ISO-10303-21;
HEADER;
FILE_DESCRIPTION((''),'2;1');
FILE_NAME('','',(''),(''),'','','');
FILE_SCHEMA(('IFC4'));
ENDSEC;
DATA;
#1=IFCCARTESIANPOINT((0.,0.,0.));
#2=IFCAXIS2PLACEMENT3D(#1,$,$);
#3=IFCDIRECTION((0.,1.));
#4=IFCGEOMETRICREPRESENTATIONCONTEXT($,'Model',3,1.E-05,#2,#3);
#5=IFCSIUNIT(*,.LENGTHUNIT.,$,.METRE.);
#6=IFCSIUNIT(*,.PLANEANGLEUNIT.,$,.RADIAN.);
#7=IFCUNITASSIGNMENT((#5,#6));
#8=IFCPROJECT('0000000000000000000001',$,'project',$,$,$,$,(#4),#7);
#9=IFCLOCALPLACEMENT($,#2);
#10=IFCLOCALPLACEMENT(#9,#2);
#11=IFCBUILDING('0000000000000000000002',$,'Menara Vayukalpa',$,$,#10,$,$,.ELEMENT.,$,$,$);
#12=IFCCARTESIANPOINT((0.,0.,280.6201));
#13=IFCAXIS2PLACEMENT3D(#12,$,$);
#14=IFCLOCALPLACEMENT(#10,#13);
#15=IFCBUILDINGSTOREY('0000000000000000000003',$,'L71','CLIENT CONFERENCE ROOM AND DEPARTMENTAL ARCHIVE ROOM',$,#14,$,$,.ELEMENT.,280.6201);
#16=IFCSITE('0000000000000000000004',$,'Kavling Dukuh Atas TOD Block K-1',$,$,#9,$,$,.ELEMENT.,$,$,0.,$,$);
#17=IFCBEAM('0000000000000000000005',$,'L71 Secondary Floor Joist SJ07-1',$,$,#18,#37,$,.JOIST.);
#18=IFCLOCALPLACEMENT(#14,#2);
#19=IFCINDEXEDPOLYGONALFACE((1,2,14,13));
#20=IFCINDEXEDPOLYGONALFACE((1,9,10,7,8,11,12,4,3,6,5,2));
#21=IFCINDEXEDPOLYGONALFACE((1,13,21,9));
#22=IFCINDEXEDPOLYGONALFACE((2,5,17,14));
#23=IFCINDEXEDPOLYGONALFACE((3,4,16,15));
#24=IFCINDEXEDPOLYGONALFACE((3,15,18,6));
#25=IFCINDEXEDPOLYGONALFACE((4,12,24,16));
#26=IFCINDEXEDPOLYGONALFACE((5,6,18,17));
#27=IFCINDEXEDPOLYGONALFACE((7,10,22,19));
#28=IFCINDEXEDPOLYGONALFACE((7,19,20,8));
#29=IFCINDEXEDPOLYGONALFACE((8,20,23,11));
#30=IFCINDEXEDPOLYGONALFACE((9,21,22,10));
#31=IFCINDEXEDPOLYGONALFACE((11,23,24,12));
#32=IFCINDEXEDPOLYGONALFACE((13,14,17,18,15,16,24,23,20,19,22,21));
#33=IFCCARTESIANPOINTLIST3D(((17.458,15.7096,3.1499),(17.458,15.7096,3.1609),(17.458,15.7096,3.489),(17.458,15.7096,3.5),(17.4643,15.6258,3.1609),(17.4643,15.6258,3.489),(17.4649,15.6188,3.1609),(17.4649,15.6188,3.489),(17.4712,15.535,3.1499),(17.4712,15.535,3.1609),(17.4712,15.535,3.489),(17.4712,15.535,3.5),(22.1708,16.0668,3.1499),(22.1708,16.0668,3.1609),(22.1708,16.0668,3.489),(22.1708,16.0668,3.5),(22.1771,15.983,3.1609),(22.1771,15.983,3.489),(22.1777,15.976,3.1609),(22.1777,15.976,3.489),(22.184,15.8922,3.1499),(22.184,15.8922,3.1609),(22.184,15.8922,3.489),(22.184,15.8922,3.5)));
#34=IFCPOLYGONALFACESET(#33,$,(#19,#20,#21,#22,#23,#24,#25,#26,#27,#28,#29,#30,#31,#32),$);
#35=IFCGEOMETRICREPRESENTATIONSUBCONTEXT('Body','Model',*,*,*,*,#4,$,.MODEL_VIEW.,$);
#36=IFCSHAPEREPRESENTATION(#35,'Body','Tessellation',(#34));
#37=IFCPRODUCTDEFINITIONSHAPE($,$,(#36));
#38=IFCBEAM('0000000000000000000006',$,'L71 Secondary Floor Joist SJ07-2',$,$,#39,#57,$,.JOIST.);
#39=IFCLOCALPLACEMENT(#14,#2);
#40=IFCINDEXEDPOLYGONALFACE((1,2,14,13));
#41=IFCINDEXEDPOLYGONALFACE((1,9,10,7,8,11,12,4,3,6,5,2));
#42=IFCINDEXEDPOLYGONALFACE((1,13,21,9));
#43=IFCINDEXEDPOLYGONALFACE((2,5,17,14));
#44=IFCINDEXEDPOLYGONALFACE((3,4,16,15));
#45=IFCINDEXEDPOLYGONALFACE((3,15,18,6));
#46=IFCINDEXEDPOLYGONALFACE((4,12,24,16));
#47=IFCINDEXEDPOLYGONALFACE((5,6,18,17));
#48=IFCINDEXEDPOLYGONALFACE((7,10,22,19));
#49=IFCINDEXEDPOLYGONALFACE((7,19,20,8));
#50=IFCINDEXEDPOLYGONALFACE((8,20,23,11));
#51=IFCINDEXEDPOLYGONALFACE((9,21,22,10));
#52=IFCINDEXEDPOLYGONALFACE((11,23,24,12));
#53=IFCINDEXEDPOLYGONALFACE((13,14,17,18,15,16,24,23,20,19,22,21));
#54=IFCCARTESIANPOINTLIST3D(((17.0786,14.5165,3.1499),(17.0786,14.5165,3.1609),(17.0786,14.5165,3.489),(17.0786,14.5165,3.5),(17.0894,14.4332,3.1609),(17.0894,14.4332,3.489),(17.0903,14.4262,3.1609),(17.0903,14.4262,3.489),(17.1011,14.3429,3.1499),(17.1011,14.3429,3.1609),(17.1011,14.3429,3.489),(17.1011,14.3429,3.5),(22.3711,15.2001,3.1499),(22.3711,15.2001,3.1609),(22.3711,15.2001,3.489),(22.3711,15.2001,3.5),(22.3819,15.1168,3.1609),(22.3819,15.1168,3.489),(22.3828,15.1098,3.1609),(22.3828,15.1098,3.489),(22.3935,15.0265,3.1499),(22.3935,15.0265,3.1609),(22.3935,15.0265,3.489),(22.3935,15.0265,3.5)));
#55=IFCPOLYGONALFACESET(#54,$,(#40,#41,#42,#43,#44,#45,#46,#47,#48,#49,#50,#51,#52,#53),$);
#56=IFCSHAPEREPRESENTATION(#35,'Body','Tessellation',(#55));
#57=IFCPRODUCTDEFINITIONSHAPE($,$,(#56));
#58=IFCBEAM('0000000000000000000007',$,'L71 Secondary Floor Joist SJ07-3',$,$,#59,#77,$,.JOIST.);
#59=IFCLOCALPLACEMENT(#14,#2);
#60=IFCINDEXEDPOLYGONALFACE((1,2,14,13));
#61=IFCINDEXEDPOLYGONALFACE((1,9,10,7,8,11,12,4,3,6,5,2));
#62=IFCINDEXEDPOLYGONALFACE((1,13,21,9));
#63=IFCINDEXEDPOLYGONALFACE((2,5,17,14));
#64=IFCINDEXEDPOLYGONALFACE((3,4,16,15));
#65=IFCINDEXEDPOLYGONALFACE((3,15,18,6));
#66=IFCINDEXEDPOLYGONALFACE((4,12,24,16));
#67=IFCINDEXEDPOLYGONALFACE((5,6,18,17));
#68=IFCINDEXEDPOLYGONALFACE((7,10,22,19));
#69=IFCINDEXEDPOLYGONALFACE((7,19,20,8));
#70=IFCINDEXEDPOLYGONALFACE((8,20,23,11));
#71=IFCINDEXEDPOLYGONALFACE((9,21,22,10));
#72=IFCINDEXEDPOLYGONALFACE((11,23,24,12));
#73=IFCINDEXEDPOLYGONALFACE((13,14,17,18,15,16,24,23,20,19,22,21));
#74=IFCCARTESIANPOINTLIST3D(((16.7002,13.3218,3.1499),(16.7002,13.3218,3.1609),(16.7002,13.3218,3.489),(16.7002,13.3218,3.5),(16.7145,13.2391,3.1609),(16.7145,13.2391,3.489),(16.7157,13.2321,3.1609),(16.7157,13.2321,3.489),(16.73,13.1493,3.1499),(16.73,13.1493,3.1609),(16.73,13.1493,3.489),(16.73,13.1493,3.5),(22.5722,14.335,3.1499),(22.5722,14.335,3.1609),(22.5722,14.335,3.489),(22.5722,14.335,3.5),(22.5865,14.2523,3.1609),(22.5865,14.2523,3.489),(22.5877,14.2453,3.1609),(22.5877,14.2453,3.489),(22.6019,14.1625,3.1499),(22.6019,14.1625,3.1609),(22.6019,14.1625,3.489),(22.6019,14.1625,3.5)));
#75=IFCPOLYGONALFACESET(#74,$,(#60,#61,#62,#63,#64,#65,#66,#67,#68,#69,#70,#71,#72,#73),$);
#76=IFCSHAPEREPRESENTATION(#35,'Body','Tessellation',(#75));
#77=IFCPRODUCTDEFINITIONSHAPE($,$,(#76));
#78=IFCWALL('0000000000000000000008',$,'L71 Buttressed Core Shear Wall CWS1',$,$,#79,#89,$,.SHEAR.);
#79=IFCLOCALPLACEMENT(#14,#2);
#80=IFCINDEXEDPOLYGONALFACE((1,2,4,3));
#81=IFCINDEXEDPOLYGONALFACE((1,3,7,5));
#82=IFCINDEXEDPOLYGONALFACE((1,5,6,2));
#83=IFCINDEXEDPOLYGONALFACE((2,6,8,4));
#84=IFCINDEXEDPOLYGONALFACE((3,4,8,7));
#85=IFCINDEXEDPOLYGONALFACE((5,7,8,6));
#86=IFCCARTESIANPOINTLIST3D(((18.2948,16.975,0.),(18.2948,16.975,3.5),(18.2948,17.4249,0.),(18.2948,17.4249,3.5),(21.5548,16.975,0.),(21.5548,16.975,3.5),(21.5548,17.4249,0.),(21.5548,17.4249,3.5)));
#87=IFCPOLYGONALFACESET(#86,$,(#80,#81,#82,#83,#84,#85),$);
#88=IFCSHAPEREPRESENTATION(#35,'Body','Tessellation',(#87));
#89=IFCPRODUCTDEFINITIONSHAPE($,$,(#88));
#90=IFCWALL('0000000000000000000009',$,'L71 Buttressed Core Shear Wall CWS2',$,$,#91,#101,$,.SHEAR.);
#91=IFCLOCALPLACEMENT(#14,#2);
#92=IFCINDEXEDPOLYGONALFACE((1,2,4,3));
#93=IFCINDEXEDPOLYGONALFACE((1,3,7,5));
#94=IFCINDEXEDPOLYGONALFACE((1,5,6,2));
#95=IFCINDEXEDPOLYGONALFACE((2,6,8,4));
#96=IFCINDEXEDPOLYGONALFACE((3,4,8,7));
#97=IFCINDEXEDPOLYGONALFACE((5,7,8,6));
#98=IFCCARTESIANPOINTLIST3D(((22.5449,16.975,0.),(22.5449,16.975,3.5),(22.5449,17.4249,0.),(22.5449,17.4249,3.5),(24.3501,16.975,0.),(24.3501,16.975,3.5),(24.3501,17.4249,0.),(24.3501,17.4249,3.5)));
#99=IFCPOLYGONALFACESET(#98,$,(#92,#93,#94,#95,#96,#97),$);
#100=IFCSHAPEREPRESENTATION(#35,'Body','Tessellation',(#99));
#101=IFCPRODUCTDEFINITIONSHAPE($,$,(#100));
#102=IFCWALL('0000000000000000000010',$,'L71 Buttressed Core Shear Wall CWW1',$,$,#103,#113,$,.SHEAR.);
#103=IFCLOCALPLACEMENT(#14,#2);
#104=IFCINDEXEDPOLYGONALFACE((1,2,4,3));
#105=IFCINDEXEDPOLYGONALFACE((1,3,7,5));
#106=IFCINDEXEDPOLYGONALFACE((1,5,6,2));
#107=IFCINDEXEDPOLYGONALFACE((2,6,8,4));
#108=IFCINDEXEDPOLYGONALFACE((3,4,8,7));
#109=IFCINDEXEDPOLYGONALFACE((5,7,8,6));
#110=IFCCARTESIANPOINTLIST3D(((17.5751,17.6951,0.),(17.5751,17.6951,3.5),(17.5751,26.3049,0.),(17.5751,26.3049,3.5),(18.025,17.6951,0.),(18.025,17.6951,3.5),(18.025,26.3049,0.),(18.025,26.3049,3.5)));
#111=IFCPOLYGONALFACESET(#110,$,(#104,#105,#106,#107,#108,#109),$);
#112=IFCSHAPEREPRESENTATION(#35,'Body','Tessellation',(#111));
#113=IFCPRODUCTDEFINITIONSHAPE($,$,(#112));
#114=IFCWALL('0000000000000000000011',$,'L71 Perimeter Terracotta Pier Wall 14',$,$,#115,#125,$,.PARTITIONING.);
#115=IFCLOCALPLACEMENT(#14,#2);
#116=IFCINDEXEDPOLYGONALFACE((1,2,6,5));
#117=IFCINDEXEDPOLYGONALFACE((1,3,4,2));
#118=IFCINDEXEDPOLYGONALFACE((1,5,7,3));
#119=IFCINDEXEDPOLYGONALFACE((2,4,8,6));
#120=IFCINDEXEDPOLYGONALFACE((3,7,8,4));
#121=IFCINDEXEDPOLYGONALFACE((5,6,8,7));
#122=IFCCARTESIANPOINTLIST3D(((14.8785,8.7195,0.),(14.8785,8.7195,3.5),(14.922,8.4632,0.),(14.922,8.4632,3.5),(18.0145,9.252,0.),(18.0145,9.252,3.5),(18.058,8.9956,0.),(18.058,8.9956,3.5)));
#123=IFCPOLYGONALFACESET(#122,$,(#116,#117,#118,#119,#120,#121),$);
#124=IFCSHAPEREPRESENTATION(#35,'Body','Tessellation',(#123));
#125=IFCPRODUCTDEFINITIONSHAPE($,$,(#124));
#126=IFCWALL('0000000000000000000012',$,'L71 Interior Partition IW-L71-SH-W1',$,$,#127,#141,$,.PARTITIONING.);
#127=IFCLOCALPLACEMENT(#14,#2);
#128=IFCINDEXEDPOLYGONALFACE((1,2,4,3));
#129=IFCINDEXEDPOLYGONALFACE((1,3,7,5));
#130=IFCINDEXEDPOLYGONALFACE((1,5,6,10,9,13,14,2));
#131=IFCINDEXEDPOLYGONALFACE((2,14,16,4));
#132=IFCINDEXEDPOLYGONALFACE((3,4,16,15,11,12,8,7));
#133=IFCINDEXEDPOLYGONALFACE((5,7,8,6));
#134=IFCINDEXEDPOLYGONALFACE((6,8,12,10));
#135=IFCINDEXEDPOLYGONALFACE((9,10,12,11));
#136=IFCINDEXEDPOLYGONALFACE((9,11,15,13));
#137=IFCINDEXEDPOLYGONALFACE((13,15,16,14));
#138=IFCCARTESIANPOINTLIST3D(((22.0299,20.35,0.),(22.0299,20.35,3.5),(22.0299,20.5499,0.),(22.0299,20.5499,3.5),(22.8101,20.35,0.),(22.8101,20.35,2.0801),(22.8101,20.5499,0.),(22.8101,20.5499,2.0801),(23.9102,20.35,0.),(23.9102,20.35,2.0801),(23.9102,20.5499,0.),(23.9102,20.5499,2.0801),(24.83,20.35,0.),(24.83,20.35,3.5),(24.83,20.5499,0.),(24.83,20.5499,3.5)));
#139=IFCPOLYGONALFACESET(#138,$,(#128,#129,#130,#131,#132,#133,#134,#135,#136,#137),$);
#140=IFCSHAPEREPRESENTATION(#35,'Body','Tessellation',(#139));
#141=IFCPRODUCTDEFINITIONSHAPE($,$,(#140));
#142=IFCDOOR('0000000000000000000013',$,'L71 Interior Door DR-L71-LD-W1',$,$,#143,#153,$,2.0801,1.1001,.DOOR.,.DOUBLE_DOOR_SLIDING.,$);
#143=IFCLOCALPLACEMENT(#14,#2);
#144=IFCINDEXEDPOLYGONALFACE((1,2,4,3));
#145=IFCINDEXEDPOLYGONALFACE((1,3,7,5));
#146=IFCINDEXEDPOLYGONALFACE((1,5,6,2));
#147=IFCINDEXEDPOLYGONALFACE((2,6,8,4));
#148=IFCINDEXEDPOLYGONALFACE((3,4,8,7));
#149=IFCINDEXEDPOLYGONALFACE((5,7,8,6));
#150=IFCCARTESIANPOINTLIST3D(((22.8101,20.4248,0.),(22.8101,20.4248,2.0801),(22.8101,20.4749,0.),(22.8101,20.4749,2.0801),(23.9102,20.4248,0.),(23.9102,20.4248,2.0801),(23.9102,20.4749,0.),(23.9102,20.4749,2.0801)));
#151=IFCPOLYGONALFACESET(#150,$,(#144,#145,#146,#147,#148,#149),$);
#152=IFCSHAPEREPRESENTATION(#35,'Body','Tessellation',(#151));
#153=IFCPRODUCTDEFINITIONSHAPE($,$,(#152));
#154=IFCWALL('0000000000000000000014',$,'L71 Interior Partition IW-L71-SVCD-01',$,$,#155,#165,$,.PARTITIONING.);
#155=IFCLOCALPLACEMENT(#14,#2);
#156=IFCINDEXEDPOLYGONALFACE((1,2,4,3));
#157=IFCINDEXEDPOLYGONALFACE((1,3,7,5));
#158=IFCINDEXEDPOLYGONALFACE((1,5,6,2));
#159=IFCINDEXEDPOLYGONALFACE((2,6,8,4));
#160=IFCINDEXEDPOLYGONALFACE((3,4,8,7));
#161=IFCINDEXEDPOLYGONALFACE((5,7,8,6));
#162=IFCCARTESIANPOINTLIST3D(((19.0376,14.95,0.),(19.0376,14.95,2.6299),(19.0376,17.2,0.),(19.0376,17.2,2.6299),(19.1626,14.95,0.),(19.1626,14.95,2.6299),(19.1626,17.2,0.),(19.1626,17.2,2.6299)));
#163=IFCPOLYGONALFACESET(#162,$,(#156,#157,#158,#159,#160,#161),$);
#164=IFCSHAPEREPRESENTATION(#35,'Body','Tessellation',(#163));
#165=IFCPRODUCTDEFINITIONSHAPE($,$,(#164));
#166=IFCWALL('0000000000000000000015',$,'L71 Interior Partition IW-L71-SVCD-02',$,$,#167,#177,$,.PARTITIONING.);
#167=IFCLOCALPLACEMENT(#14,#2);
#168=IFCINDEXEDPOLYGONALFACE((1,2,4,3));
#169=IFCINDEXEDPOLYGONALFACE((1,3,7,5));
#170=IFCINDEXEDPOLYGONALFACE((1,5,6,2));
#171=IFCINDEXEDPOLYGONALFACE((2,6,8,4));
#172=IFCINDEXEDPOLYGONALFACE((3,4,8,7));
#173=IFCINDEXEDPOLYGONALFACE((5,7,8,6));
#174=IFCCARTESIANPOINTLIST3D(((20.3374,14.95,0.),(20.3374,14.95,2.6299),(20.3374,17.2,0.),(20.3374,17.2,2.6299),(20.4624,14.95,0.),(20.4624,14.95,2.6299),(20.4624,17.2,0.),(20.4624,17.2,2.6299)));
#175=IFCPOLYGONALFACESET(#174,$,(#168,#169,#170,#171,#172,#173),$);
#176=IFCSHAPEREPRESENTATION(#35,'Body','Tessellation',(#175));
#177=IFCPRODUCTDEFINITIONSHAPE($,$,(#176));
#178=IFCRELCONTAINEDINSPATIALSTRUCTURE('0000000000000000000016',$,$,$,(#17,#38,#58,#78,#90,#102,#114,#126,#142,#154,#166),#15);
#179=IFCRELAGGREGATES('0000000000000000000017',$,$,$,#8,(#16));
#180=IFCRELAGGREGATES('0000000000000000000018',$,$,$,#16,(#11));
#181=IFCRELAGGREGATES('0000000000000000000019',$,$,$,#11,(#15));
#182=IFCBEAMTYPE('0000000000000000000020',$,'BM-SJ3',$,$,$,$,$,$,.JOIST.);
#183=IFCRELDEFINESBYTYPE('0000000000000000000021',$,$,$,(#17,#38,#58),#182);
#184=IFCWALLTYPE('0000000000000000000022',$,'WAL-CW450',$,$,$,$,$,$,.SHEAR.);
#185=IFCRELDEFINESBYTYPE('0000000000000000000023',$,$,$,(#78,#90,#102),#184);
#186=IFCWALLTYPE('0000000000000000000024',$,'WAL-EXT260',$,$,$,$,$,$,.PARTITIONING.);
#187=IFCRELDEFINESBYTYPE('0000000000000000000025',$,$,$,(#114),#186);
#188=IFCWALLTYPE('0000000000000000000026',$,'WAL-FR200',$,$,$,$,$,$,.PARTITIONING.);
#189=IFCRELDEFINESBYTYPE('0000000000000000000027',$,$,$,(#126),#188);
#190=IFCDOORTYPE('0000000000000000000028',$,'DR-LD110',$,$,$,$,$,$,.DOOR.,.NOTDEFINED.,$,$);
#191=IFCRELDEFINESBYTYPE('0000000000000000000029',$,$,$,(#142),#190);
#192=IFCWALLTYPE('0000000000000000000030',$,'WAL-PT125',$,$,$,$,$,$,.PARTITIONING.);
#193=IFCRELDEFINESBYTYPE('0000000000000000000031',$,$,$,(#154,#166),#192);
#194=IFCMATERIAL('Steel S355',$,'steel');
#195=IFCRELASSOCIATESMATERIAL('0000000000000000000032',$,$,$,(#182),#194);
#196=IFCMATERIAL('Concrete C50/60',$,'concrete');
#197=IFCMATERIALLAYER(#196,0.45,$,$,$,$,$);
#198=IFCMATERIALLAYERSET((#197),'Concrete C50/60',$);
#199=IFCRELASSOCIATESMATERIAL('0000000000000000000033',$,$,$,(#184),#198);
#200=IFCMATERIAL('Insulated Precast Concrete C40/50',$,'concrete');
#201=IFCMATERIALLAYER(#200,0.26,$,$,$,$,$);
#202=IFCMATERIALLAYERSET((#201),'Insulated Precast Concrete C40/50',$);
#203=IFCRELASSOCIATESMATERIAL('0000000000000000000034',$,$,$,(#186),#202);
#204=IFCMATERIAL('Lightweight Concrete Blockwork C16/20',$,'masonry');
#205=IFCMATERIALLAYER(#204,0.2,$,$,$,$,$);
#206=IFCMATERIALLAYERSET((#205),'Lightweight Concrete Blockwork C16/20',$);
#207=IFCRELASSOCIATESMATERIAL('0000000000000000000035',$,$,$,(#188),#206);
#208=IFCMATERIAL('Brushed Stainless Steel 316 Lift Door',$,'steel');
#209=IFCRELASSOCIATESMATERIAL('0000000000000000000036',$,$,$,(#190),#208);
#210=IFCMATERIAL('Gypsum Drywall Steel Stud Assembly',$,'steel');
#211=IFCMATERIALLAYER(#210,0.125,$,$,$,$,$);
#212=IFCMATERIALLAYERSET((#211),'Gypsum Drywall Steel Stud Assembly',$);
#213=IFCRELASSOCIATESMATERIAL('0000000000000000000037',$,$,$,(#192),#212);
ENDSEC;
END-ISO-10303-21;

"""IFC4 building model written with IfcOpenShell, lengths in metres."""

from ifc_helpers import new_model, si_unit, direction, frame, frame_2d, origin, origin_2d, place, context, subcontext, project, spatial, rectangle, i_section, extrude, material, layer, layer_set, material_profile, profile_set, type_object, element, fill, save


model = new_model("IFC4")

# Units and contexts
model_context = context("Model", 3, precision=1e-05, world=origin(), true_north=direction((0.0, 1.0)))
body_context = subcontext(model_context, "Body", "Model", "MODEL_VIEW")
ifc_project = project(units=[si_unit("LENGTHUNIT", "METRE"), si_unit("PLANEANGLEUNIT", "RADIAN")], contexts=[model_context])

# Site, building, storey
site_placement = place(None, origin())
site = spatial("IfcSite", under=ifc_project, at=site_placement, Name="Kavling Dukuh Atas TOD Block K-1", CompositionType="ELEMENT", RefElevation=0.0)
building_placement = place(site_placement, origin())
building = spatial("IfcBuilding", under=site, at=building_placement, Name="Menara Vayukalpa", CompositionType="ELEMENT")
storey_placement = place(building_placement, frame((0.0, 0.0, 280.6201)))
storey = spatial("IfcBuildingStorey", under=building, at=storey_placement, Name="L71", Description="CLIENT CONFERENCE ROOM AND DEPARTMENTAL ARCHIVE ROOM", CompositionType="ELEMENT", Elevation=280.6201)

# Beams
ifc_material_1 = material(Name="Steel S355", Category="steel")
ifc_material_profile_1 = material_profile(ifc_material_1, i_section(OverallWidth=0.175, OverallDepth=0.3501, WebThickness=0.0071, FlangeThickness=0.011, at=origin_2d()), Name="WF 350x175x7x11")
ifc_profile_set_1 = profile_set([ifc_material_profile_1], Name="Steel S355")
beam_type_1 = type_object("IfcBeamType", Name="BM-SJ3", PredefinedType="JOIST", material=ifc_profile_set_1)
beam_1_placement = place(storey_placement, frame((17.4646, 15.6223, 3.325), z_axis=(0.99714, 0.075571, 0.0), x_axis=(-0.075571, 0.99714, 0.0)))
element("IfcBeam", 1, at=beam_1_placement, inside=storey, type_object=beam_type_1, Name="L71 Secondary Floor Joist SJ07-1", PredefinedType="JOIST", context=body_context, shape_type="SweptSolid", body=[
    extrude(i_section(OverallWidth=0.175, OverallDepth=0.3501, WebThickness=0.0071, FlangeThickness=0.011, at=origin_2d()), origin(), (0.0, 0.0, 1.0), 4.7263),
])
beam_2_placement = place(storey_placement, frame((17.0898, 14.4297, 3.325), z_axis=(0.991761, 0.128099, 0.0), x_axis=(-0.128099, 0.991761, 0.0)))
element("IfcBeam", 2, at=beam_2_placement, inside=storey, type_object=beam_type_1, Name="L71 Secondary Floor Joist SJ07-2", PredefinedType="JOIST", context=body_context, shape_type="SweptSolid", body=[
    extrude(i_section(OverallWidth=0.175, OverallDepth=0.3501, WebThickness=0.0071, FlangeThickness=0.011, at=origin_2d()), origin(), (0.0, 0.0, 1.0), 5.3364),
])
beam_3_placement = place(storey_placement, frame((16.7151, 13.2356, 3.325), z_axis=(0.985439, 0.17003, 0.0), x_axis=(-0.17003, 0.985439, 0.0)))
element("IfcBeam", 3, at=beam_3_placement, inside=storey, type_object=beam_type_1, Name="L71 Secondary Floor Joist SJ07-3", PredefinedType="JOIST", context=body_context, shape_type="SweptSolid", body=[
    extrude(i_section(OverallWidth=0.175, OverallDepth=0.3501, WebThickness=0.0071, FlangeThickness=0.011, at=origin_2d()), origin(), (0.0, 0.0, 1.0), 5.9587),
])

# Walls
ifc_material_2 = material(Name="Concrete C50/60", Category="concrete")
ifc_layer_1 = layer(ifc_material_2, 0.45)
ifc_layer_set_1 = layer_set([ifc_layer_1], Name="Concrete C50/60")
wall_type_1 = type_object("IfcWallType", Name="WAL-CW450", PredefinedType="SHEAR", material=ifc_layer_set_1)
wall_1_placement = place(storey_placement, frame((18.2949, 17.2, 0.0), z_axis=(0.0, 0.0, 1.0), x_axis=(1.0, 0.0, 0.0)))
element("IfcWall", 4, at=wall_1_placement, inside=storey, type_object=wall_type_1, Name="L71 Buttressed Core Shear Wall CWS1", PredefinedType="SHEAR", context=body_context, shape_type="SweptSolid", body=[
    extrude(rectangle(XDim=3.26, YDim=0.45, at=frame_2d((1.6299, 0.0))), origin(), (0.0, 0.0, 1.0), 3.5),
])
wall_2_placement = place(storey_placement, frame((22.5449, 17.2, 0.0), z_axis=(0.0, 0.0, 1.0), x_axis=(1.0, 0.0, 0.0)))
element("IfcWall", 5, at=wall_2_placement, inside=storey, type_object=wall_type_1, Name="L71 Buttressed Core Shear Wall CWS2", PredefinedType="SHEAR", context=body_context, shape_type="SweptSolid", body=[
    extrude(rectangle(XDim=1.8052, YDim=0.45, at=frame_2d((0.9026, 0.0))), origin(), (0.0, 0.0, 1.0), 3.5),
])
wall_3_placement = place(storey_placement, frame((17.8, 17.6951, 0.0), z_axis=(0.0, 0.0, 1.0), x_axis=(0.0, 1.0, 0.0)))
element("IfcWall", 6, at=wall_3_placement, inside=storey, type_object=wall_type_1, Name="L71 Buttressed Core Shear Wall CWW1", PredefinedType="SHEAR", context=body_context, shape_type="SweptSolid", body=[
    extrude(rectangle(XDim=8.6099, YDim=0.45, at=frame_2d((4.3049, 0.0))), origin(), (0.0, 0.0, 1.0), 3.5),
])
ifc_material_3 = material(Name="Insulated Precast Concrete C40/50", Category="concrete")
ifc_layer_2 = layer(ifc_material_3, 0.26)
ifc_layer_set_2 = layer_set([ifc_layer_2], Name="Insulated Precast Concrete C40/50")
wall_type_2 = type_object("IfcWallType", Name="WAL-EXT260", PredefinedType="PARTITIONING", material=ifc_layer_set_2)
wall_4_placement = place(storey_placement, frame((18.0361, 9.1238, 0.0), z_axis=(0.0, 0.0, 1.0), x_axis=(-0.985889, -0.167398, 0.0)))
element("IfcWall", 7, at=wall_4_placement, inside=storey, type_object=wall_type_2, Name="L71 Perimeter Terracotta Pier Wall 14", PredefinedType="PARTITIONING", context=body_context, shape_type="SweptSolid", body=[
    extrude(rectangle(XDim=3.1809, YDim=0.26, at=frame_2d((1.5903, 0.0))), origin(), (0.0, 0.0, 1.0), 3.5),
])

# Wall, opening, door
ifc_material_4 = material(Name="Lightweight Concrete Blockwork C16/20", Category="masonry")
ifc_layer_3 = layer(ifc_material_4, 0.2)
ifc_layer_set_3 = layer_set([ifc_layer_3], Name="Lightweight Concrete Blockwork C16/20")
wall_type_3 = type_object("IfcWallType", Name="WAL-FR200", PredefinedType="PARTITIONING", material=ifc_layer_set_3)
wall_5_placement = place(storey_placement, frame((22.03, 20.45, 0.0), z_axis=(0.0, 0.0, 1.0), x_axis=(1.0, 0.0, 0.0)))
wall_5 = element("IfcWall", 8, at=wall_5_placement, inside=storey, type_object=wall_type_3, Name="L71 Interior Partition IW-L71-SH-W1", PredefinedType="PARTITIONING", context=body_context, shape_type="SweptSolid", body=[
    extrude(rectangle(XDim=2.8, YDim=0.2, at=frame_2d((1.3999, 0.0))), origin(), (0.0, 0.0, 1.0), 3.5),
])
opening_1_placement = place(wall_5_placement, frame((0.78, 0.0, 0.0)))
opening_1 = element("IfcOpeningElement", 9, at=opening_1_placement, cuts=wall_5, PredefinedType="OPENING", context=body_context, shape_type="SweptSolid", body=[
    extrude(rectangle(XDim=1.1001, YDim=2.0801, at=frame_2d((0.55, 1.04))), frame((0.0, 0.1099, 0.0), z_axis=(0.0, -1.0, 0.0), x_axis=(1.0, 0.0, 0.0)), (0.0, 0.0, 1.0), 0.22),
])
ifc_material_5 = material(Name="Brushed Stainless Steel 316 Lift Door", Category="steel")
door_type_1 = type_object("IfcDoorType", Name="DR-LD110", OperationType="NOTDEFINED", PredefinedType="DOOR", material=ifc_material_5)
door_1_placement = place(opening_1_placement, origin())
door_1 = element("IfcDoor", 10, at=door_1_placement, inside=storey, type_object=door_type_1, Name="L71 Interior Door DR-L71-LD-W1", OperationType="DOUBLE_DOOR_SLIDING", OverallHeight=2.0801, OverallWidth=1.1001, PredefinedType="DOOR", context=body_context, shape_type="SweptSolid", body=[
    extrude(rectangle(XDim=1.1001, YDim=2.0801, at=frame_2d((0.55, 1.04))), frame((0.0, 0.0249, 0.0), z_axis=(0.0, -1.0, 0.0), x_axis=(1.0, 0.0, 0.0)), (0.0, 0.0, 1.0), 0.05),
])
fill(opening_1, door_1)

# Walls
ifc_material_6 = material(Name="Gypsum Drywall Steel Stud Assembly", Category="steel")
ifc_layer_4 = layer(ifc_material_6, 0.125)
ifc_layer_set_4 = layer_set([ifc_layer_4], Name="Gypsum Drywall Steel Stud Assembly")
wall_type_4 = type_object("IfcWallType", Name="WAL-PT125", PredefinedType="PARTITIONING", material=ifc_layer_set_4)
for number, where, z_axis, x_axis, name in (
    (11, (19.1001, 14.95, 0.0), (0.0, 0.0, 1.0), (0.0, 1.0, 0.0), "L71 Interior Partition IW-L71-SVCD-01"),
    (12, (20.3999, 14.95, 0.0), (0.0, 0.0, 1.0), (0.0, 1.0, 0.0), "L71 Interior Partition IW-L71-SVCD-02"),
):
    element("IfcWall", number, at=place(storey_placement, frame(where, z_axis=z_axis, x_axis=x_axis)), inside=storey, type_object=wall_type_4, Name=name, PredefinedType="PARTITIONING", context=body_context, shape_type="SweptSolid", body=[
        extrude(rectangle(XDim=2.25, YDim=0.125, at=frame_2d((1.125, 0.0))), origin(), (0.0, 0.0, 1.0), 2.6299),
    ])

save(model, "model.ifc")
